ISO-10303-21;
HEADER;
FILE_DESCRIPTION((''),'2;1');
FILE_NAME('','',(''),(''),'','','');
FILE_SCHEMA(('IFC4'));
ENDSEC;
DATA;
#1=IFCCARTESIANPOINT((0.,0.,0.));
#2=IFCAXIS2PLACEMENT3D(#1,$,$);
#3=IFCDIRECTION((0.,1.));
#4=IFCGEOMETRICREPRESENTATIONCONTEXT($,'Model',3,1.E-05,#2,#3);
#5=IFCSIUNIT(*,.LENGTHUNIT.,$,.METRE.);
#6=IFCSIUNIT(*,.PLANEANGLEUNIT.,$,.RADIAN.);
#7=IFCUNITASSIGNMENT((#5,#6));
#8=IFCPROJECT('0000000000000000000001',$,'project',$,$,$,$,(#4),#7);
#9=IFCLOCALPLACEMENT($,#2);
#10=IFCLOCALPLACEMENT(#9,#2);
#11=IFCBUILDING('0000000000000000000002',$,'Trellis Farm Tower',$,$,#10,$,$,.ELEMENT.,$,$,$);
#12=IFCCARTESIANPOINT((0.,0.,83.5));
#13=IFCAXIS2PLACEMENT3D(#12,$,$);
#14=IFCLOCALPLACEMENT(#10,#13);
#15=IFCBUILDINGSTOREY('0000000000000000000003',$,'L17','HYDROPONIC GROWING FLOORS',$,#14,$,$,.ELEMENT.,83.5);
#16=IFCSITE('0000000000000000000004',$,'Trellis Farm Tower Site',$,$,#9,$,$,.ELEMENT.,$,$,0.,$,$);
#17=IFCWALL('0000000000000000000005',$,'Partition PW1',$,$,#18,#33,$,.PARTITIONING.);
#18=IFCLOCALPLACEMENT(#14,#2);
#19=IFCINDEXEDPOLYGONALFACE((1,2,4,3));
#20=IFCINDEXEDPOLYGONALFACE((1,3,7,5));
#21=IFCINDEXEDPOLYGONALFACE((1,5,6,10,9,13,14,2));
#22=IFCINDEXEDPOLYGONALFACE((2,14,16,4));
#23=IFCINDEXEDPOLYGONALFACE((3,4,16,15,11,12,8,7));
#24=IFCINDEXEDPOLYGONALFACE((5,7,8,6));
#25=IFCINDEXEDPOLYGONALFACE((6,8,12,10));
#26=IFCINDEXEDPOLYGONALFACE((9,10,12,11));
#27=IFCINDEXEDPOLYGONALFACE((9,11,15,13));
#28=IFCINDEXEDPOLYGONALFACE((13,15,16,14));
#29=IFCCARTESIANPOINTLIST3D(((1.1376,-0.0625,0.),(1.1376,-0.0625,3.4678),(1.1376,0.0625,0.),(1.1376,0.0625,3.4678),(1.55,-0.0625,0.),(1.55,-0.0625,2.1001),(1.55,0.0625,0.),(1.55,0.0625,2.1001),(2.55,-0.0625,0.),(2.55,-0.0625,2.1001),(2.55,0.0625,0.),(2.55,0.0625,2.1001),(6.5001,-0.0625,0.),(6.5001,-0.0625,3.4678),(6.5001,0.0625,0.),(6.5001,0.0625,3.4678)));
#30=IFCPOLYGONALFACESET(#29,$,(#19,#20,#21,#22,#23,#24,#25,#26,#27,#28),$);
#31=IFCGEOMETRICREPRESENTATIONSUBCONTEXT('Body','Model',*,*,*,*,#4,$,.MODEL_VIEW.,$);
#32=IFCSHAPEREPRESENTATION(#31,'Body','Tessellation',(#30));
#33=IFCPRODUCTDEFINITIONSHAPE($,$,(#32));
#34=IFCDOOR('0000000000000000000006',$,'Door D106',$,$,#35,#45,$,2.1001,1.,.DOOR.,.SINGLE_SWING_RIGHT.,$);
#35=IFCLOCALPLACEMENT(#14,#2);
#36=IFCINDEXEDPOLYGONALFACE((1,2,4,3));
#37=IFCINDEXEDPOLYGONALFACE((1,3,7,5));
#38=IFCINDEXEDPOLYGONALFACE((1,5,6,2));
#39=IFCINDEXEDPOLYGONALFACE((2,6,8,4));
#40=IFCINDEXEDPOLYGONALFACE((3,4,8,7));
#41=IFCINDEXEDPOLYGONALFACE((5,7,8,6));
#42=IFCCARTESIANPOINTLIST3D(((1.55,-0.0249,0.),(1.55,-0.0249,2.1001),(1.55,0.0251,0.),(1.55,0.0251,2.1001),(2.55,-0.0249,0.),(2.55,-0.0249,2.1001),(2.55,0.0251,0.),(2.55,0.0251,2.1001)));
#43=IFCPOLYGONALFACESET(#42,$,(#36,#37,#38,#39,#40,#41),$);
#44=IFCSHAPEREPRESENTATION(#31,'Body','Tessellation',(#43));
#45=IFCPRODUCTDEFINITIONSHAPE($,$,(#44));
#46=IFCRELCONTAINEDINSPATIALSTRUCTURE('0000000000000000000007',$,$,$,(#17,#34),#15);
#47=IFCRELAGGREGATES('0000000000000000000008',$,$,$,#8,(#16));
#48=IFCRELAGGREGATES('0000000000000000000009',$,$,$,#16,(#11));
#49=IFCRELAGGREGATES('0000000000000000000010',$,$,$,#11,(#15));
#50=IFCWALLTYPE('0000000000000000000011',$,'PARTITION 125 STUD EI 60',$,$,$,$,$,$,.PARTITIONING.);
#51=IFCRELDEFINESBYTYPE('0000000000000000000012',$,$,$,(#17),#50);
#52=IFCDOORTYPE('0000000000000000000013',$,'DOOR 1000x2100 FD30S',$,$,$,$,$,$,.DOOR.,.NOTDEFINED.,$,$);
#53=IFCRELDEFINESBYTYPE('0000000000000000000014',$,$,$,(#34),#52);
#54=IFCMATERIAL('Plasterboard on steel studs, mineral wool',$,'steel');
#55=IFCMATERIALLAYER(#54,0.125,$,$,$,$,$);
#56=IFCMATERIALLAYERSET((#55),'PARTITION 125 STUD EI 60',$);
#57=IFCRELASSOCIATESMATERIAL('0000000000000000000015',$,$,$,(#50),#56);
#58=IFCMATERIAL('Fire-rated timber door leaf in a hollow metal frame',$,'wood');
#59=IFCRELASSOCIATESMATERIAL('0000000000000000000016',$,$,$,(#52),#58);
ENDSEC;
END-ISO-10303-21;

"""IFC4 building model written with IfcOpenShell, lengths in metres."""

from ifc_helpers import new_model, si_unit, direction, frame, frame_2d, origin, place, context, subcontext, project, spatial, rectangle, extrude, source, transform, mapped, material, layer, layer_set, type_object, element, fill, save


model = new_model("IFC4")

# Units and contexts
model_context = context("Model", 3, precision=1e-05, world=origin(), true_north=direction((0.0, 1.0)))
body_context = subcontext(model_context, "Body", "Model", "MODEL_VIEW")
ifc_project = project(units=[si_unit("LENGTHUNIT", "METRE"), si_unit("PLANEANGLEUNIT", "RADIAN")], contexts=[model_context])

# Site, building, storey
site_placement = place(None, origin())
site = spatial("IfcSite", under=ifc_project, at=site_placement, Name="Trellis Farm Tower Site", CompositionType="ELEMENT", RefElevation=0.0)
building_placement = place(site_placement, origin())
building = spatial("IfcBuilding", under=site, at=building_placement, Name="Trellis Farm Tower", CompositionType="ELEMENT")
storey_placement = place(building_placement, frame((0.0, 0.0, 83.5)))
storey = spatial("IfcBuildingStorey", under=building, at=storey_placement, Name="L17", Description="HYDROPONIC GROWING FLOORS", CompositionType="ELEMENT", Elevation=83.5)

# Wall, opening, door
ifc_material_1 = material(Name="Plasterboard on steel studs, mineral wool", Category="steel")
ifc_layer_1 = layer(ifc_material_1, 0.125)
ifc_layer_set_1 = layer_set([ifc_layer_1], Name="PARTITION 125 STUD EI 60")
wall_type_1 = type_object("IfcWallType", Name="PARTITION 125 STUD EI 60", PredefinedType="PARTITIONING", material=ifc_layer_set_1)
shared_shape_1 = source(origin(), body_context, "Body", "SweptSolid", [
    extrude(rectangle(XDim=5.3625, YDim=0.125, at=frame_2d((2.6812, 0.0))), origin(), (0.0, 0.0, 1.0), 3.4678),
])
wall_1_placement = place(storey_placement, frame((6.5, 0.0, 0.0), z_axis=(0.0, 0.0, 1.0), x_axis=(-1.0, 0.0, 0.0)))
wall_1 = element("IfcWall", 1, at=wall_1_placement, inside=storey, type_object=wall_type_1, Name="Partition PW1", PredefinedType="PARTITIONING", context=body_context, shape_type="MappedRepresentation", body=[
    mapped(shared_shape_1, transform((0.0, 0.0, 0.0))),
])
shared_shape_2 = source(origin(), body_context, "Body", "SweptSolid", [
    extrude(rectangle(XDim=1.0, YDim=2.1001, at=frame_2d((0.5, 1.05))), frame((0.0, 0.0725, 0.0), z_axis=(0.0, -1.0, 0.0), x_axis=(1.0, 0.0, 0.0)), (0.0, 0.0, 1.0), 0.145),
])
opening_1_placement = place(wall_1_placement, frame((3.95, 0.0, 0.0)))
opening_1 = element("IfcOpeningElement", 2, at=opening_1_placement, cuts=wall_1, PredefinedType="OPENING", context=body_context, shape_type="MappedRepresentation", body=[
    mapped(shared_shape_2, transform((0.0, 0.0, 0.0))),
])
ifc_material_2 = material(Name="Fire-rated timber door leaf in a hollow metal frame", Category="wood")
door_type_1 = type_object("IfcDoorType", Name="DOOR 1000x2100 FD30S", OperationType="NOTDEFINED", PredefinedType="DOOR", material=ifc_material_2)
shared_shape_3 = source(origin(), body_context, "Body", "SweptSolid", [
    extrude(rectangle(XDim=1.0, YDim=2.1001, at=frame_2d((0.5, 1.05))), frame((0.0, 0.0249, 0.0), z_axis=(0.0, -1.0, 0.0), x_axis=(1.0, 0.0, 0.0)), (0.0, 0.0, 1.0), 0.05),
])
door_1_placement = place(opening_1_placement, origin())
door_1 = element("IfcDoor", 3, at=door_1_placement, inside=storey, type_object=door_type_1, Name="Door D106", OperationType="SINGLE_SWING_RIGHT", OverallHeight=2.1001, OverallWidth=1.0, PredefinedType="DOOR", context=body_context, shape_type="MappedRepresentation", body=[
    mapped(shared_shape_3, transform((0.0, 0.0, 0.0))),
])
fill(opening_1, door_1)

save(model, "model.ifc")
